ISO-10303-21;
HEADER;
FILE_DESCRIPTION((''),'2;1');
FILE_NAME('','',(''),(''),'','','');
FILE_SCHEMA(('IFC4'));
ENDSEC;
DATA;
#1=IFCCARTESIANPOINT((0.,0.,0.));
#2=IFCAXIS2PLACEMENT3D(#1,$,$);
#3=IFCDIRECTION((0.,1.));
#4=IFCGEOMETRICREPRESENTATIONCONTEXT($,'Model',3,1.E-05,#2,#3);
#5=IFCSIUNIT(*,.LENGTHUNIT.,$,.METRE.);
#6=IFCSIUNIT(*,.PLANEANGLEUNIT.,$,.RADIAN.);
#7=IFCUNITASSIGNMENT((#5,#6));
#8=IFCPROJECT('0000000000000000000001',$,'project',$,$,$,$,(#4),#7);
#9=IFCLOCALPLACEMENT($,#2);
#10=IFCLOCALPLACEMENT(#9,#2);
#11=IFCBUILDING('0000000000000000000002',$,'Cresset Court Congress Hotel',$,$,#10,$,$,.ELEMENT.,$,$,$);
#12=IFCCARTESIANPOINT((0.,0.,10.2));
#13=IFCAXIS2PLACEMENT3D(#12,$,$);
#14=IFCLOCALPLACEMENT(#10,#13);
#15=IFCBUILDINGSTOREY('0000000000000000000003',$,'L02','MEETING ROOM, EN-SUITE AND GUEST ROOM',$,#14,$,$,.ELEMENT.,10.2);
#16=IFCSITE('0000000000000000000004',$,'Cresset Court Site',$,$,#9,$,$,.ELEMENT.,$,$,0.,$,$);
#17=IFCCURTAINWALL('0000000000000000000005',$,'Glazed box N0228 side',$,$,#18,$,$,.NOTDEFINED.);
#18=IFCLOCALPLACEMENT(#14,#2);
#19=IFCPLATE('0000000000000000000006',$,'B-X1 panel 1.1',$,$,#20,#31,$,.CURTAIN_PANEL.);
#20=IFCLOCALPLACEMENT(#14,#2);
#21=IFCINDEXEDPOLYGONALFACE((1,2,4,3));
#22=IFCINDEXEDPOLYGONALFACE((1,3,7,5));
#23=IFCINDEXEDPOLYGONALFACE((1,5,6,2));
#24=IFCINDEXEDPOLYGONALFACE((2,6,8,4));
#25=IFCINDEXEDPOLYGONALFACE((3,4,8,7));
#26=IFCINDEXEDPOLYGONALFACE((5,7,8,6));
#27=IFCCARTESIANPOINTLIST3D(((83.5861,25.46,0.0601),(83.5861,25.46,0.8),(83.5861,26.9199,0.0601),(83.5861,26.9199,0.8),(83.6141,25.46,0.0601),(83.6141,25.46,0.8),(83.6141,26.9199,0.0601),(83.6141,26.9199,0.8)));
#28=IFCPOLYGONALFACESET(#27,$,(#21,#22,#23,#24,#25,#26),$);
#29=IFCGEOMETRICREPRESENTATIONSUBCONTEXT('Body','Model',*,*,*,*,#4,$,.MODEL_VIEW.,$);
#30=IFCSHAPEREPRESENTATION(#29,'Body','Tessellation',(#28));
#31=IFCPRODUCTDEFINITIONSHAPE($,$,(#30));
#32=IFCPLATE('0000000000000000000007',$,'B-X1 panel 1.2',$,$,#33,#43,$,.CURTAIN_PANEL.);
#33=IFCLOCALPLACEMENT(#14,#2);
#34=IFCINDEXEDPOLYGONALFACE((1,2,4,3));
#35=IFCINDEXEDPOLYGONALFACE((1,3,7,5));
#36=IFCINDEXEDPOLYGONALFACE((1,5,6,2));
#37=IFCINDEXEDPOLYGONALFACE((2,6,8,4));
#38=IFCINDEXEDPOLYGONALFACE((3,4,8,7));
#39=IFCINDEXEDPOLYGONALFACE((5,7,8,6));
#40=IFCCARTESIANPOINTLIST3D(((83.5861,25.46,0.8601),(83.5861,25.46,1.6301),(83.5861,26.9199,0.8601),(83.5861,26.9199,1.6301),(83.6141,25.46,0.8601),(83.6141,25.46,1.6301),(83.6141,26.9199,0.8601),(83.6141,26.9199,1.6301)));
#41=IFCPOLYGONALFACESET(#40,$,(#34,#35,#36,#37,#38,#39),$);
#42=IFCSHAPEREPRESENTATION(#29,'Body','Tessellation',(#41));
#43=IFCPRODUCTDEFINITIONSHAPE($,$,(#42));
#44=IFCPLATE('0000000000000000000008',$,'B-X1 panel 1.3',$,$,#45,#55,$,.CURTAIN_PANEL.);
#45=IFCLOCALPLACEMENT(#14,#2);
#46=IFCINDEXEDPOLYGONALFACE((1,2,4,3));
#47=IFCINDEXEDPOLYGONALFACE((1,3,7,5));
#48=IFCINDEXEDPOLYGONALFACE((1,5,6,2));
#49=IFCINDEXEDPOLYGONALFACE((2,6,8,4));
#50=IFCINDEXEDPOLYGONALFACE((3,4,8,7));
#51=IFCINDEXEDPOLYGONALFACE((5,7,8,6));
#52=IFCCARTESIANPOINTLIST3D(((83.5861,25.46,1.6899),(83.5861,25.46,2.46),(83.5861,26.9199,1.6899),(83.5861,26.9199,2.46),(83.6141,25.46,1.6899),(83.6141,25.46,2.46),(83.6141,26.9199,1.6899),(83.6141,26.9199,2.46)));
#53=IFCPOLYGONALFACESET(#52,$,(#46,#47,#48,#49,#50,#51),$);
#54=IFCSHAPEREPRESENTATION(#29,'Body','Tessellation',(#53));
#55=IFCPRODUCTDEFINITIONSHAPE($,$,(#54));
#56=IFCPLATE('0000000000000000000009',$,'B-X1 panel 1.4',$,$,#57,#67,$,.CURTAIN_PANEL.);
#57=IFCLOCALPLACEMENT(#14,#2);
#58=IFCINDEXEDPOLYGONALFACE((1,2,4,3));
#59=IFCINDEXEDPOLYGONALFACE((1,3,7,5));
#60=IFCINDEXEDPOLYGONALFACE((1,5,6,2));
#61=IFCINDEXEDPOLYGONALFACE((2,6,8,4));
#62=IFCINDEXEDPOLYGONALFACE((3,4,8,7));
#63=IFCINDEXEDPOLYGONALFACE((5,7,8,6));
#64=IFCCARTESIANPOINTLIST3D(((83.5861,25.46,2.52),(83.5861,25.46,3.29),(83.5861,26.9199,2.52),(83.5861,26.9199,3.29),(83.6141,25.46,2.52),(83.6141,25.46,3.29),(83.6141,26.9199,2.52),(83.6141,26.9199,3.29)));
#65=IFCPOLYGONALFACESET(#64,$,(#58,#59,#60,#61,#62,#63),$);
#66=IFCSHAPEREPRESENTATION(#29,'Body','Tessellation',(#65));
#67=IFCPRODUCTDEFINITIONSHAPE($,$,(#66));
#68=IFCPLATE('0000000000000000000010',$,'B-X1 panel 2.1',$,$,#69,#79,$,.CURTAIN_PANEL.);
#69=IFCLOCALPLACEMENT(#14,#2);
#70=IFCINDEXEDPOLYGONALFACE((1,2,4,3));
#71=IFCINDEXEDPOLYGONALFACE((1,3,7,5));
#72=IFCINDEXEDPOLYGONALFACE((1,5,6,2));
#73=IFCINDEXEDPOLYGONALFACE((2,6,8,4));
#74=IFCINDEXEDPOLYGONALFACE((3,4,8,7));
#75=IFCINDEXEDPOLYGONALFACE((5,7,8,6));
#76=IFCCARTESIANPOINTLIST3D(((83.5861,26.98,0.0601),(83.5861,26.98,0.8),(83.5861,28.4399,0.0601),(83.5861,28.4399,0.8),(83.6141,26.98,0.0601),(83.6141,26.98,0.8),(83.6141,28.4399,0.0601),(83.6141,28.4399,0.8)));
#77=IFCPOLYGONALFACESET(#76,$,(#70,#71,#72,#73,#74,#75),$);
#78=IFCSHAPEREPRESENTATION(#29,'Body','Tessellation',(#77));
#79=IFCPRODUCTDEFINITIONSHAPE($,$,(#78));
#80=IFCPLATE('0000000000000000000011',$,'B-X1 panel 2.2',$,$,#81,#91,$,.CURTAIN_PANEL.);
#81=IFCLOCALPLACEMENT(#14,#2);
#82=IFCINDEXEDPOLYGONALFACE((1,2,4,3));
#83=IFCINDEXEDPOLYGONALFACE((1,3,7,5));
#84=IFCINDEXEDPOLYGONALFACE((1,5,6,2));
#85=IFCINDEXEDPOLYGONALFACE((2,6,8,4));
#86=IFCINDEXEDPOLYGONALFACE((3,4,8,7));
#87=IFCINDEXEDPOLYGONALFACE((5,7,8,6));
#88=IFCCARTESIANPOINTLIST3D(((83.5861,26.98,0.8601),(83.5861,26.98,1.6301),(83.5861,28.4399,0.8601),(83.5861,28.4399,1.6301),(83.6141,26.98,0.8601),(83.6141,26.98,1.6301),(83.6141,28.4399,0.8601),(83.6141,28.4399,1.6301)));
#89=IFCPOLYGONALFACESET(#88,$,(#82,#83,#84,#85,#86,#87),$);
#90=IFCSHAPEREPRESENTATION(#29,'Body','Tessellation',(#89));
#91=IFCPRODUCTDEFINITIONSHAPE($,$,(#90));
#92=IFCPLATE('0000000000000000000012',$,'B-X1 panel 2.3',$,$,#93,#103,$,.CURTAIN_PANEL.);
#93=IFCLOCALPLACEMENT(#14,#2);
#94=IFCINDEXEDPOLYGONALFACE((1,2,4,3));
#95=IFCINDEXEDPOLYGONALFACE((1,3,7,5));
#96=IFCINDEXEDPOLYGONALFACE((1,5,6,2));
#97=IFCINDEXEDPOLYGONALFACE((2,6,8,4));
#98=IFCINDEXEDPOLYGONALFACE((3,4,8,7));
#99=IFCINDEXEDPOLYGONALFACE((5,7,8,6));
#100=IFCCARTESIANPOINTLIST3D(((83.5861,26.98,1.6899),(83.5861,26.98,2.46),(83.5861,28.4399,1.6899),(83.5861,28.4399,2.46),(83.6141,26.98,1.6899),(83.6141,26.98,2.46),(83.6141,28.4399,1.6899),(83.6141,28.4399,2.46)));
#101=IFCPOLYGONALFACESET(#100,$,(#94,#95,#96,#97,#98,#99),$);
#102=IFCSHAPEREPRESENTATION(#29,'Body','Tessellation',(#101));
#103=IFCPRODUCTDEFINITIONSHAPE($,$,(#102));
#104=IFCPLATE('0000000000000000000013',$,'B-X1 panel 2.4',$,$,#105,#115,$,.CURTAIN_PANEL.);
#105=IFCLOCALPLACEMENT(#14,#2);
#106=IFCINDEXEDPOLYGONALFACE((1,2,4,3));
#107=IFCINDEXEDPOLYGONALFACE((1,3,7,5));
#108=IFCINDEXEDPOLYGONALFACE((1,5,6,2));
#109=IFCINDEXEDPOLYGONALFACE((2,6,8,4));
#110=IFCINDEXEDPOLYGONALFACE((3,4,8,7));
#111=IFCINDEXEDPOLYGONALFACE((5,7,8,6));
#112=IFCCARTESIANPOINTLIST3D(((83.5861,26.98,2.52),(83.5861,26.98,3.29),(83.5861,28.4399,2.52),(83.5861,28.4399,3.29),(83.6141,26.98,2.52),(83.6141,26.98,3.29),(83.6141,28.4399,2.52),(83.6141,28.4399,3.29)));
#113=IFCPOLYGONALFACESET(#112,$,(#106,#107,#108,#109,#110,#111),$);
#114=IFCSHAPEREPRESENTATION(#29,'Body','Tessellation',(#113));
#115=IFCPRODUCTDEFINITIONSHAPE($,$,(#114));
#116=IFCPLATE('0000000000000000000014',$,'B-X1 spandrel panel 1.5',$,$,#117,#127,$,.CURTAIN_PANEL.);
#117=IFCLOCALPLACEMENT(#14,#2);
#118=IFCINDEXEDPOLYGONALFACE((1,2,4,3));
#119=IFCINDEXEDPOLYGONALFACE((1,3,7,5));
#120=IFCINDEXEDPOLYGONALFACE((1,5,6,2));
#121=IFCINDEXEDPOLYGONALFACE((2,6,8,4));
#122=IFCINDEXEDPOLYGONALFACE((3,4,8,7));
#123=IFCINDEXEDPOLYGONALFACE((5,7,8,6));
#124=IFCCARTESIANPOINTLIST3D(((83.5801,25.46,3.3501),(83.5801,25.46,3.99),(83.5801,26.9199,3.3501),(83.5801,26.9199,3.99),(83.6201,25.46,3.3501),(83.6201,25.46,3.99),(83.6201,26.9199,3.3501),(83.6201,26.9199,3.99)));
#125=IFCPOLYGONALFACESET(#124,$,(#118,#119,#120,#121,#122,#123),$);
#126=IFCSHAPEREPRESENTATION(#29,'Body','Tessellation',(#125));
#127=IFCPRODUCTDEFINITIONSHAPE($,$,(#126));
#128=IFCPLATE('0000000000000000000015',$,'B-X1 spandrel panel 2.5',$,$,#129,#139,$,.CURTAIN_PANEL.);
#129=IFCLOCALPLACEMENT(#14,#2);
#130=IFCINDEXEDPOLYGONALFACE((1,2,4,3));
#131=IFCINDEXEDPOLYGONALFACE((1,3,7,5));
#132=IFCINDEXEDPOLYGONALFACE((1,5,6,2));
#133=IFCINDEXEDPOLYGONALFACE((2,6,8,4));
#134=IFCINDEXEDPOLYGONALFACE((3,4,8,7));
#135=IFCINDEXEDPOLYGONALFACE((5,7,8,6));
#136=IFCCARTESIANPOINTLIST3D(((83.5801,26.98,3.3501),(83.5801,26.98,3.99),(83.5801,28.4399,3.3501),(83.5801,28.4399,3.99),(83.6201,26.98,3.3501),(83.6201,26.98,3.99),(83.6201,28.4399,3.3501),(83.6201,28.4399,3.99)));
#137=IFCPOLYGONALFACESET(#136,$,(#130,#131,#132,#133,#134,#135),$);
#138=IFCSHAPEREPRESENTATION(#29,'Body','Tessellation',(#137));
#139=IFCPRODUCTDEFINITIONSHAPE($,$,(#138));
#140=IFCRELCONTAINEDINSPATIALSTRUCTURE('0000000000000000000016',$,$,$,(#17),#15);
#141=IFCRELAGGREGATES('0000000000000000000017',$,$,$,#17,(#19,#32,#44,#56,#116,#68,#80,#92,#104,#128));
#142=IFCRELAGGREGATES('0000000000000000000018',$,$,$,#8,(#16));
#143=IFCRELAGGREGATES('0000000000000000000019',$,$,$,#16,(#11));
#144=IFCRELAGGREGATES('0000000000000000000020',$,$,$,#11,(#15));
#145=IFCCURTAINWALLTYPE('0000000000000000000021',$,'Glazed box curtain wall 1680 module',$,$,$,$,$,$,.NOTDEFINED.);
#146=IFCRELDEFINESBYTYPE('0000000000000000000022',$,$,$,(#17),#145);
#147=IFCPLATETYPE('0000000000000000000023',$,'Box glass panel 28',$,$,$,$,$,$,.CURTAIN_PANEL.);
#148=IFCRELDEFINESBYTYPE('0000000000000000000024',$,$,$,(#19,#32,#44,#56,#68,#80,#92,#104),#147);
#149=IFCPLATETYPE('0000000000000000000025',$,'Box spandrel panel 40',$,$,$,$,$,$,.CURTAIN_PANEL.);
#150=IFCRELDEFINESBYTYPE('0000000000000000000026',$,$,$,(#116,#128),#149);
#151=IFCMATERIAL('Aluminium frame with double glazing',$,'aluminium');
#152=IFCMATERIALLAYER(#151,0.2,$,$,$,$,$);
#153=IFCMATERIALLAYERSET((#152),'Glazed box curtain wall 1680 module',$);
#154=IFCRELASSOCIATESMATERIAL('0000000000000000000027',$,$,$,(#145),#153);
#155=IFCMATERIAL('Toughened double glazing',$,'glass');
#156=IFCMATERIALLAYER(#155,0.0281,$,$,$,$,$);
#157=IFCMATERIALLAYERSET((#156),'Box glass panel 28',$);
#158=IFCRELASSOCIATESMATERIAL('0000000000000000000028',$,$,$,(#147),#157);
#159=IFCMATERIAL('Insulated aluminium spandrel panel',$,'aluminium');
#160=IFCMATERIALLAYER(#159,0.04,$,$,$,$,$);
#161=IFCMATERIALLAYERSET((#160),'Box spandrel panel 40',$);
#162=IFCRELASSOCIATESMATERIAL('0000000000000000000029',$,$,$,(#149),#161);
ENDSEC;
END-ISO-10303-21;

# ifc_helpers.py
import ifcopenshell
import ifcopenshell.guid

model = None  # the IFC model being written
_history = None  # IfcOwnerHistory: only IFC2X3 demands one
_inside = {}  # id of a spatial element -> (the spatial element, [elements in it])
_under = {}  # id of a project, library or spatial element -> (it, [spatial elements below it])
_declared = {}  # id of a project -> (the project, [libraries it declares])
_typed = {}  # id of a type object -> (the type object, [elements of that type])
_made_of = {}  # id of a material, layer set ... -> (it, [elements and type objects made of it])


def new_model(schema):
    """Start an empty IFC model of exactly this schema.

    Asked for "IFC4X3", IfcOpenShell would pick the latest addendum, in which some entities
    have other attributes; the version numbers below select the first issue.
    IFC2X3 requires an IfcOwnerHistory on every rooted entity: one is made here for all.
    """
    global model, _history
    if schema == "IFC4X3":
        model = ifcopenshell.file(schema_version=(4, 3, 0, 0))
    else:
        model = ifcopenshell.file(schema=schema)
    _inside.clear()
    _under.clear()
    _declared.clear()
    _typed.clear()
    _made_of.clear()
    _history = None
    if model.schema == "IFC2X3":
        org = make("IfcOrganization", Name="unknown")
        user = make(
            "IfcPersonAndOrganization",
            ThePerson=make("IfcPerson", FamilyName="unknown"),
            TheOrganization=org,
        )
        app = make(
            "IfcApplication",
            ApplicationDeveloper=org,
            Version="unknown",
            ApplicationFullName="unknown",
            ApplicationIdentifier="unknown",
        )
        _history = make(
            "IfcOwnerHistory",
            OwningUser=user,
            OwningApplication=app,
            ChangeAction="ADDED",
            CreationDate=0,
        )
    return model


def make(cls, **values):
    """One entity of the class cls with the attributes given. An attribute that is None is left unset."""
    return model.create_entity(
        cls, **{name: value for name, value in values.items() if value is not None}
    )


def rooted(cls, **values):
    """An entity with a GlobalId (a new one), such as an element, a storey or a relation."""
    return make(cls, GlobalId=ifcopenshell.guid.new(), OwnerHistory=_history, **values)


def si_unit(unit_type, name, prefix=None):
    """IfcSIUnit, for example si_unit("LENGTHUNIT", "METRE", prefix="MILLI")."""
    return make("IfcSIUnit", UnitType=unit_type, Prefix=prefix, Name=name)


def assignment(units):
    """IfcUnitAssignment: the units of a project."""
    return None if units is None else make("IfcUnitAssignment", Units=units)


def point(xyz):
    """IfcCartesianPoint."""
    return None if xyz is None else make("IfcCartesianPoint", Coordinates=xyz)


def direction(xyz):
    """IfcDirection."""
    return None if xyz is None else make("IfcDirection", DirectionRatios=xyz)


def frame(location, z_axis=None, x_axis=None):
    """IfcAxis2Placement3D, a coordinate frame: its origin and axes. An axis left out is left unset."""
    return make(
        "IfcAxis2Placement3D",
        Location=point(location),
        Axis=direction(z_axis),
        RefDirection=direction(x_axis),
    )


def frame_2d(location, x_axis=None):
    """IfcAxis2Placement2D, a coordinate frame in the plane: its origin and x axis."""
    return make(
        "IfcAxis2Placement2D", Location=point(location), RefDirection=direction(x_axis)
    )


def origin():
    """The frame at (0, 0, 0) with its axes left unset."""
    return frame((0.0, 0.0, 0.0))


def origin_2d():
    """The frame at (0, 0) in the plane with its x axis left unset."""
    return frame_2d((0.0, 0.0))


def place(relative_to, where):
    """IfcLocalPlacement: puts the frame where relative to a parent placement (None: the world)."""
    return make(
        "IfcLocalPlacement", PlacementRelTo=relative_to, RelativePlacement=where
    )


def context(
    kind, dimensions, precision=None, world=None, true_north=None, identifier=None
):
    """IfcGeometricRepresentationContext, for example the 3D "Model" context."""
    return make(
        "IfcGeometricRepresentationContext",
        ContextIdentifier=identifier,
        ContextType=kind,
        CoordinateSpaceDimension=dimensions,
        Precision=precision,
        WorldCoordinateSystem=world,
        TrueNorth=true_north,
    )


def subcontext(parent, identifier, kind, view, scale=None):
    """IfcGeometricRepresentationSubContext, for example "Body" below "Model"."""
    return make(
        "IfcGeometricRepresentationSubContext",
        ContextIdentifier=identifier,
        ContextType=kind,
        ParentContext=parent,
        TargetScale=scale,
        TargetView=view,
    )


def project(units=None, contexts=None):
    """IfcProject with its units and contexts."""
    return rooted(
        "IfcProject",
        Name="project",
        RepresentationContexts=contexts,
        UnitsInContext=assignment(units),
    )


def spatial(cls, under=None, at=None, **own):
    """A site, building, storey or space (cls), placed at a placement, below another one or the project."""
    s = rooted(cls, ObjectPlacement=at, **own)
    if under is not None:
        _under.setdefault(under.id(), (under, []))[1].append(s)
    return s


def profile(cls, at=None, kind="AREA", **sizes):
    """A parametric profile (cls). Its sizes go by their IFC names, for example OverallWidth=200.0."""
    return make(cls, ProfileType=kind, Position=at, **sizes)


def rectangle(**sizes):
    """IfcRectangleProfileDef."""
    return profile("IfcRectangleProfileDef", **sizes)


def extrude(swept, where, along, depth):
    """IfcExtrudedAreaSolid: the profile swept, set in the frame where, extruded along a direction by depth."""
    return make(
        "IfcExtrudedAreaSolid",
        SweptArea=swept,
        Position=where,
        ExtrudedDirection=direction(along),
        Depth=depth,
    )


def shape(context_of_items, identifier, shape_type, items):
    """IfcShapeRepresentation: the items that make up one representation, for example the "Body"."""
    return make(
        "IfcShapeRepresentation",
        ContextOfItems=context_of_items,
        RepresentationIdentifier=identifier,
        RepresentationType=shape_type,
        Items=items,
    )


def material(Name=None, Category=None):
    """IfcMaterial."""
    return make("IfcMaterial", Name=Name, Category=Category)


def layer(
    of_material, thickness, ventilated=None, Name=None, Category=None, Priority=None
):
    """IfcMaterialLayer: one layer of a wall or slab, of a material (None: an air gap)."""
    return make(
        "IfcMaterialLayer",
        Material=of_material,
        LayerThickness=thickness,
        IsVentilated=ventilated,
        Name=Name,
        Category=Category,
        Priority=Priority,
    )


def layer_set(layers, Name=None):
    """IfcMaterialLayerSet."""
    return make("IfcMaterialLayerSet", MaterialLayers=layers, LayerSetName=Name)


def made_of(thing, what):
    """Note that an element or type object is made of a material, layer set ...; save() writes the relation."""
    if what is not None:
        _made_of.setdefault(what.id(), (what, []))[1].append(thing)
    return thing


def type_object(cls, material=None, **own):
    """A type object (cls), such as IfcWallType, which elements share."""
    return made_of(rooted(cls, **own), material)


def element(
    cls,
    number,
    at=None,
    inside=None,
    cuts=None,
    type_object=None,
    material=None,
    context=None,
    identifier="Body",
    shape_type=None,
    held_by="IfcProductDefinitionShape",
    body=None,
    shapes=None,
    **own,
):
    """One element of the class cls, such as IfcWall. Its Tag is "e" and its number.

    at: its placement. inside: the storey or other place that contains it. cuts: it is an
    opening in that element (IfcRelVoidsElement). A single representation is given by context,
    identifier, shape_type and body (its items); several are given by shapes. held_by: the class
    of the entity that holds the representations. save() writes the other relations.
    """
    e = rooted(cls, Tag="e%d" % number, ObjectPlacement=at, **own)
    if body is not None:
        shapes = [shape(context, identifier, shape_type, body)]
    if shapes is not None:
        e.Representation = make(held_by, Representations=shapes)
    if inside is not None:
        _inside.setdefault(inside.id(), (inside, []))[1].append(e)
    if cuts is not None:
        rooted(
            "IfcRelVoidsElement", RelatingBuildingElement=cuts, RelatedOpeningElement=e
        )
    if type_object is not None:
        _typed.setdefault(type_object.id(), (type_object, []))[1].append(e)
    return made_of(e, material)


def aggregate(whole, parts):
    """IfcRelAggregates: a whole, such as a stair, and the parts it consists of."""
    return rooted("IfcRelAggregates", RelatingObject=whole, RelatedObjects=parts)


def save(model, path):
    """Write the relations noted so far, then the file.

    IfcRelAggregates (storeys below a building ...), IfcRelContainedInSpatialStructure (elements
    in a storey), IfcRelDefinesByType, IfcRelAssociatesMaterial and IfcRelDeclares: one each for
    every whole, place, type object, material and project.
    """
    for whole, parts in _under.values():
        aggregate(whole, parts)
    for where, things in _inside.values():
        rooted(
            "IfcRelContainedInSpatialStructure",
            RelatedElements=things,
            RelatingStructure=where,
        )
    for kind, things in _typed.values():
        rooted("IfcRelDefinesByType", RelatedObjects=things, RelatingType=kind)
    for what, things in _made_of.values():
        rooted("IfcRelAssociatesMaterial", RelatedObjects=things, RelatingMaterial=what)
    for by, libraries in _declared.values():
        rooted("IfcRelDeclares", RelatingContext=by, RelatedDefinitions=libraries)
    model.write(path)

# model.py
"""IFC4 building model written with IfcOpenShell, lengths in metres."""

from ifc_helpers import new_model, si_unit, direction, frame, origin, origin_2d, place, context, subcontext, project, spatial, rectangle, extrude, material, layer, layer_set, type_object, element, aggregate, save


model = new_model("IFC4")

# Units and contexts
model_context = context("Model", 3, precision=1e-05, world=origin(), true_north=direction((0.0, 1.0)))
body_context = subcontext(model_context, "Body", "Model", "MODEL_VIEW")
ifc_project = project(units=[si_unit("LENGTHUNIT", "METRE"), si_unit("PLANEANGLEUNIT", "RADIAN")], contexts=[model_context])

# Site, building, storey
site_placement = place(None, origin())
site = spatial("IfcSite", under=ifc_project, at=site_placement, Name="Cresset Court Site", CompositionType="ELEMENT", RefElevation=0.0)
building_placement = place(site_placement, origin())
building = spatial("IfcBuilding", under=site, at=building_placement, Name="Cresset Court Congress Hotel", CompositionType="ELEMENT")
storey_placement = place(building_placement, frame((0.0, 0.0, 10.2)))
storey = spatial("IfcBuildingStorey", under=building, at=storey_placement, Name="L02", Description="MEETING ROOM, EN-SUITE AND GUEST ROOM", CompositionType="ELEMENT", Elevation=10.2)

# Curtain wall, plates
ifc_material_1 = material(Name="Aluminium frame with double glazing", Category="aluminium")
ifc_layer_1 = layer(ifc_material_1, 0.2)
ifc_layer_set_1 = layer_set([ifc_layer_1], Name="Glazed box curtain wall 1680 module")
curtain_wall_type = type_object("IfcCurtainWallType", Name="Glazed box curtain wall 1680 module", PredefinedType="NOTDEFINED", material=ifc_layer_set_1)
curtain_wall_placement = place(storey_placement, origin())
curtain_wall = element("IfcCurtainWall", 1, at=curtain_wall_placement, inside=storey, type_object=curtain_wall_type, Name="Glazed box N0228 side", PredefinedType="NOTDEFINED")
ifc_material_2 = material(Name="Toughened double glazing", Category="glass")
ifc_layer_2 = layer(ifc_material_2, 0.0281)
ifc_layer_set_2 = layer_set([ifc_layer_2], Name="Box glass panel 28")
plate_type_1 = type_object("IfcPlateType", Name="Box glass panel 28", PredefinedType="CURTAIN_PANEL", material=ifc_layer_set_2)
plate_1_placement = place(storey_placement, frame((83.6001, 26.1899, 0.0601), z_axis=(0.0, 0.0, 1.0), x_axis=(0.0, 1.0, 0.0)))
plate_1 = element("IfcPlate", 2, at=plate_1_placement, type_object=plate_type_1, Name="B-X1 panel 1.1", PredefinedType="CURTAIN_PANEL", context=body_context, shape_type="SweptSolid", body=[
    extrude(rectangle(XDim=1.46, YDim=0.0281, at=origin_2d()), origin(), (0.0, 0.0, 1.0), 0.74),
])
plate_2_placement = place(storey_placement, frame((83.6001, 26.1899, 0.8601), z_axis=(0.0, 0.0, 1.0), x_axis=(0.0, 1.0, 0.0)))
plate_2 = element("IfcPlate", 3, at=plate_2_placement, type_object=plate_type_1, Name="B-X1 panel 1.2", PredefinedType="CURTAIN_PANEL", context=body_context, shape_type="SweptSolid", body=[
    extrude(rectangle(XDim=1.46, YDim=0.0281, at=origin_2d()), origin(), (0.0, 0.0, 1.0), 0.77),
])
plate_3_placement = place(storey_placement, frame((83.6001, 26.1899, 1.6899), z_axis=(0.0, 0.0, 1.0), x_axis=(0.0, 1.0, 0.0)))
plate_3 = element("IfcPlate", 4, at=plate_3_placement, type_object=plate_type_1, Name="B-X1 panel 1.3", PredefinedType="CURTAIN_PANEL", context=body_context, shape_type="SweptSolid", body=[
    extrude(rectangle(XDim=1.46, YDim=0.0281, at=origin_2d()), origin(), (0.0, 0.0, 1.0), 0.77),
])
plate_4_placement = place(storey_placement, frame((83.6001, 26.1899, 2.52), z_axis=(0.0, 0.0, 1.0), x_axis=(0.0, 1.0, 0.0)))
plate_4 = element("IfcPlate", 5, at=plate_4_placement, type_object=plate_type_1, Name="B-X1 panel 1.4", PredefinedType="CURTAIN_PANEL", context=body_context, shape_type="SweptSolid", body=[
    extrude(rectangle(XDim=1.46, YDim=0.0281, at=origin_2d()), origin(), (0.0, 0.0, 1.0), 0.77),
])
plate_5_placement = place(storey_placement, frame((83.6001, 27.71, 0.0601), z_axis=(0.0, 0.0, 1.0), x_axis=(0.0, 1.0, 0.0)))
plate_5 = element("IfcPlate", 6, at=plate_5_placement, type_object=plate_type_1, Name="B-X1 panel 2.1", PredefinedType="CURTAIN_PANEL", context=body_context, shape_type="SweptSolid", body=[
    extrude(rectangle(XDim=1.46, YDim=0.0281, at=origin_2d()), origin(), (0.0, 0.0, 1.0), 0.74),
])
plate_6_placement = place(storey_placement, frame((83.6001, 27.71, 0.8601), z_axis=(0.0, 0.0, 1.0), x_axis=(0.0, 1.0, 0.0)))
plate_6 = element("IfcPlate", 7, at=plate_6_placement, type_object=plate_type_1, Name="B-X1 panel 2.2", PredefinedType="CURTAIN_PANEL", context=body_context, shape_type="SweptSolid", body=[
    extrude(rectangle(XDim=1.46, YDim=0.0281, at=origin_2d()), origin(), (0.0, 0.0, 1.0), 0.77),
])
plate_7_placement = place(storey_placement, frame((83.6001, 27.71, 1.6899), z_axis=(0.0, 0.0, 1.0), x_axis=(0.0, 1.0, 0.0)))
plate_7 = element("IfcPlate", 8, at=plate_7_placement, type_object=plate_type_1, Name="B-X1 panel 2.3", PredefinedType="CURTAIN_PANEL", context=body_context, shape_type="SweptSolid", body=[
    extrude(rectangle(XDim=1.46, YDim=0.0281, at=origin_2d()), origin(), (0.0, 0.0, 1.0), 0.77),
])
plate_8_placement = place(storey_placement, frame((83.6001, 27.71, 2.52), z_axis=(0.0, 0.0, 1.0), x_axis=(0.0, 1.0, 0.0)))
plate_8 = element("IfcPlate", 9, at=plate_8_placement, type_object=plate_type_1, Name="B-X1 panel 2.4", PredefinedType="CURTAIN_PANEL", context=body_context, shape_type="SweptSolid", body=[
    extrude(rectangle(XDim=1.46, YDim=0.0281, at=origin_2d()), origin(), (0.0, 0.0, 1.0), 0.77),
])
ifc_material_3 = material(Name="Insulated aluminium spandrel panel", Category="aluminium")
ifc_layer_3 = layer(ifc_material_3, 0.04)
ifc_layer_set_3 = layer_set([ifc_layer_3], Name="Box spandrel panel 40")
plate_type_2 = type_object("IfcPlateType", Name="Box spandrel panel 40", PredefinedType="CURTAIN_PANEL", material=ifc_layer_set_3)
plate_9_placement = place(storey_placement, frame((83.6001, 26.1899, 3.3501), z_axis=(0.0, 0.0, 1.0), x_axis=(0.0, 1.0, 0.0)))
plate_9 = element("IfcPlate", 10, at=plate_9_placement, type_object=plate_type_2, Name="B-X1 spandrel panel 1.5", PredefinedType="CURTAIN_PANEL", context=body_context, shape_type="SweptSolid", body=[
    extrude(rectangle(XDim=1.46, YDim=0.04, at=origin_2d()), origin(), (0.0, 0.0, 1.0), 0.6399),
])
plate_10_placement = place(storey_placement, frame((83.6001, 27.71, 3.3501), z_axis=(0.0, 0.0, 1.0), x_axis=(0.0, 1.0, 0.0)))
plate_10 = element("IfcPlate", 11, at=plate_10_placement, type_object=plate_type_2, Name="B-X1 spandrel panel 2.5", PredefinedType="CURTAIN_PANEL", context=body_context, shape_type="SweptSolid", body=[
    extrude(rectangle(XDim=1.46, YDim=0.04, at=origin_2d()), origin(), (0.0, 0.0, 1.0), 0.6399),
])
aggregate(curtain_wall, [plate_1, plate_2, plate_3, plate_4, plate_9, plate_5, plate_6, plate_7, plate_8, plate_10])

save(model, "model.ifc")
